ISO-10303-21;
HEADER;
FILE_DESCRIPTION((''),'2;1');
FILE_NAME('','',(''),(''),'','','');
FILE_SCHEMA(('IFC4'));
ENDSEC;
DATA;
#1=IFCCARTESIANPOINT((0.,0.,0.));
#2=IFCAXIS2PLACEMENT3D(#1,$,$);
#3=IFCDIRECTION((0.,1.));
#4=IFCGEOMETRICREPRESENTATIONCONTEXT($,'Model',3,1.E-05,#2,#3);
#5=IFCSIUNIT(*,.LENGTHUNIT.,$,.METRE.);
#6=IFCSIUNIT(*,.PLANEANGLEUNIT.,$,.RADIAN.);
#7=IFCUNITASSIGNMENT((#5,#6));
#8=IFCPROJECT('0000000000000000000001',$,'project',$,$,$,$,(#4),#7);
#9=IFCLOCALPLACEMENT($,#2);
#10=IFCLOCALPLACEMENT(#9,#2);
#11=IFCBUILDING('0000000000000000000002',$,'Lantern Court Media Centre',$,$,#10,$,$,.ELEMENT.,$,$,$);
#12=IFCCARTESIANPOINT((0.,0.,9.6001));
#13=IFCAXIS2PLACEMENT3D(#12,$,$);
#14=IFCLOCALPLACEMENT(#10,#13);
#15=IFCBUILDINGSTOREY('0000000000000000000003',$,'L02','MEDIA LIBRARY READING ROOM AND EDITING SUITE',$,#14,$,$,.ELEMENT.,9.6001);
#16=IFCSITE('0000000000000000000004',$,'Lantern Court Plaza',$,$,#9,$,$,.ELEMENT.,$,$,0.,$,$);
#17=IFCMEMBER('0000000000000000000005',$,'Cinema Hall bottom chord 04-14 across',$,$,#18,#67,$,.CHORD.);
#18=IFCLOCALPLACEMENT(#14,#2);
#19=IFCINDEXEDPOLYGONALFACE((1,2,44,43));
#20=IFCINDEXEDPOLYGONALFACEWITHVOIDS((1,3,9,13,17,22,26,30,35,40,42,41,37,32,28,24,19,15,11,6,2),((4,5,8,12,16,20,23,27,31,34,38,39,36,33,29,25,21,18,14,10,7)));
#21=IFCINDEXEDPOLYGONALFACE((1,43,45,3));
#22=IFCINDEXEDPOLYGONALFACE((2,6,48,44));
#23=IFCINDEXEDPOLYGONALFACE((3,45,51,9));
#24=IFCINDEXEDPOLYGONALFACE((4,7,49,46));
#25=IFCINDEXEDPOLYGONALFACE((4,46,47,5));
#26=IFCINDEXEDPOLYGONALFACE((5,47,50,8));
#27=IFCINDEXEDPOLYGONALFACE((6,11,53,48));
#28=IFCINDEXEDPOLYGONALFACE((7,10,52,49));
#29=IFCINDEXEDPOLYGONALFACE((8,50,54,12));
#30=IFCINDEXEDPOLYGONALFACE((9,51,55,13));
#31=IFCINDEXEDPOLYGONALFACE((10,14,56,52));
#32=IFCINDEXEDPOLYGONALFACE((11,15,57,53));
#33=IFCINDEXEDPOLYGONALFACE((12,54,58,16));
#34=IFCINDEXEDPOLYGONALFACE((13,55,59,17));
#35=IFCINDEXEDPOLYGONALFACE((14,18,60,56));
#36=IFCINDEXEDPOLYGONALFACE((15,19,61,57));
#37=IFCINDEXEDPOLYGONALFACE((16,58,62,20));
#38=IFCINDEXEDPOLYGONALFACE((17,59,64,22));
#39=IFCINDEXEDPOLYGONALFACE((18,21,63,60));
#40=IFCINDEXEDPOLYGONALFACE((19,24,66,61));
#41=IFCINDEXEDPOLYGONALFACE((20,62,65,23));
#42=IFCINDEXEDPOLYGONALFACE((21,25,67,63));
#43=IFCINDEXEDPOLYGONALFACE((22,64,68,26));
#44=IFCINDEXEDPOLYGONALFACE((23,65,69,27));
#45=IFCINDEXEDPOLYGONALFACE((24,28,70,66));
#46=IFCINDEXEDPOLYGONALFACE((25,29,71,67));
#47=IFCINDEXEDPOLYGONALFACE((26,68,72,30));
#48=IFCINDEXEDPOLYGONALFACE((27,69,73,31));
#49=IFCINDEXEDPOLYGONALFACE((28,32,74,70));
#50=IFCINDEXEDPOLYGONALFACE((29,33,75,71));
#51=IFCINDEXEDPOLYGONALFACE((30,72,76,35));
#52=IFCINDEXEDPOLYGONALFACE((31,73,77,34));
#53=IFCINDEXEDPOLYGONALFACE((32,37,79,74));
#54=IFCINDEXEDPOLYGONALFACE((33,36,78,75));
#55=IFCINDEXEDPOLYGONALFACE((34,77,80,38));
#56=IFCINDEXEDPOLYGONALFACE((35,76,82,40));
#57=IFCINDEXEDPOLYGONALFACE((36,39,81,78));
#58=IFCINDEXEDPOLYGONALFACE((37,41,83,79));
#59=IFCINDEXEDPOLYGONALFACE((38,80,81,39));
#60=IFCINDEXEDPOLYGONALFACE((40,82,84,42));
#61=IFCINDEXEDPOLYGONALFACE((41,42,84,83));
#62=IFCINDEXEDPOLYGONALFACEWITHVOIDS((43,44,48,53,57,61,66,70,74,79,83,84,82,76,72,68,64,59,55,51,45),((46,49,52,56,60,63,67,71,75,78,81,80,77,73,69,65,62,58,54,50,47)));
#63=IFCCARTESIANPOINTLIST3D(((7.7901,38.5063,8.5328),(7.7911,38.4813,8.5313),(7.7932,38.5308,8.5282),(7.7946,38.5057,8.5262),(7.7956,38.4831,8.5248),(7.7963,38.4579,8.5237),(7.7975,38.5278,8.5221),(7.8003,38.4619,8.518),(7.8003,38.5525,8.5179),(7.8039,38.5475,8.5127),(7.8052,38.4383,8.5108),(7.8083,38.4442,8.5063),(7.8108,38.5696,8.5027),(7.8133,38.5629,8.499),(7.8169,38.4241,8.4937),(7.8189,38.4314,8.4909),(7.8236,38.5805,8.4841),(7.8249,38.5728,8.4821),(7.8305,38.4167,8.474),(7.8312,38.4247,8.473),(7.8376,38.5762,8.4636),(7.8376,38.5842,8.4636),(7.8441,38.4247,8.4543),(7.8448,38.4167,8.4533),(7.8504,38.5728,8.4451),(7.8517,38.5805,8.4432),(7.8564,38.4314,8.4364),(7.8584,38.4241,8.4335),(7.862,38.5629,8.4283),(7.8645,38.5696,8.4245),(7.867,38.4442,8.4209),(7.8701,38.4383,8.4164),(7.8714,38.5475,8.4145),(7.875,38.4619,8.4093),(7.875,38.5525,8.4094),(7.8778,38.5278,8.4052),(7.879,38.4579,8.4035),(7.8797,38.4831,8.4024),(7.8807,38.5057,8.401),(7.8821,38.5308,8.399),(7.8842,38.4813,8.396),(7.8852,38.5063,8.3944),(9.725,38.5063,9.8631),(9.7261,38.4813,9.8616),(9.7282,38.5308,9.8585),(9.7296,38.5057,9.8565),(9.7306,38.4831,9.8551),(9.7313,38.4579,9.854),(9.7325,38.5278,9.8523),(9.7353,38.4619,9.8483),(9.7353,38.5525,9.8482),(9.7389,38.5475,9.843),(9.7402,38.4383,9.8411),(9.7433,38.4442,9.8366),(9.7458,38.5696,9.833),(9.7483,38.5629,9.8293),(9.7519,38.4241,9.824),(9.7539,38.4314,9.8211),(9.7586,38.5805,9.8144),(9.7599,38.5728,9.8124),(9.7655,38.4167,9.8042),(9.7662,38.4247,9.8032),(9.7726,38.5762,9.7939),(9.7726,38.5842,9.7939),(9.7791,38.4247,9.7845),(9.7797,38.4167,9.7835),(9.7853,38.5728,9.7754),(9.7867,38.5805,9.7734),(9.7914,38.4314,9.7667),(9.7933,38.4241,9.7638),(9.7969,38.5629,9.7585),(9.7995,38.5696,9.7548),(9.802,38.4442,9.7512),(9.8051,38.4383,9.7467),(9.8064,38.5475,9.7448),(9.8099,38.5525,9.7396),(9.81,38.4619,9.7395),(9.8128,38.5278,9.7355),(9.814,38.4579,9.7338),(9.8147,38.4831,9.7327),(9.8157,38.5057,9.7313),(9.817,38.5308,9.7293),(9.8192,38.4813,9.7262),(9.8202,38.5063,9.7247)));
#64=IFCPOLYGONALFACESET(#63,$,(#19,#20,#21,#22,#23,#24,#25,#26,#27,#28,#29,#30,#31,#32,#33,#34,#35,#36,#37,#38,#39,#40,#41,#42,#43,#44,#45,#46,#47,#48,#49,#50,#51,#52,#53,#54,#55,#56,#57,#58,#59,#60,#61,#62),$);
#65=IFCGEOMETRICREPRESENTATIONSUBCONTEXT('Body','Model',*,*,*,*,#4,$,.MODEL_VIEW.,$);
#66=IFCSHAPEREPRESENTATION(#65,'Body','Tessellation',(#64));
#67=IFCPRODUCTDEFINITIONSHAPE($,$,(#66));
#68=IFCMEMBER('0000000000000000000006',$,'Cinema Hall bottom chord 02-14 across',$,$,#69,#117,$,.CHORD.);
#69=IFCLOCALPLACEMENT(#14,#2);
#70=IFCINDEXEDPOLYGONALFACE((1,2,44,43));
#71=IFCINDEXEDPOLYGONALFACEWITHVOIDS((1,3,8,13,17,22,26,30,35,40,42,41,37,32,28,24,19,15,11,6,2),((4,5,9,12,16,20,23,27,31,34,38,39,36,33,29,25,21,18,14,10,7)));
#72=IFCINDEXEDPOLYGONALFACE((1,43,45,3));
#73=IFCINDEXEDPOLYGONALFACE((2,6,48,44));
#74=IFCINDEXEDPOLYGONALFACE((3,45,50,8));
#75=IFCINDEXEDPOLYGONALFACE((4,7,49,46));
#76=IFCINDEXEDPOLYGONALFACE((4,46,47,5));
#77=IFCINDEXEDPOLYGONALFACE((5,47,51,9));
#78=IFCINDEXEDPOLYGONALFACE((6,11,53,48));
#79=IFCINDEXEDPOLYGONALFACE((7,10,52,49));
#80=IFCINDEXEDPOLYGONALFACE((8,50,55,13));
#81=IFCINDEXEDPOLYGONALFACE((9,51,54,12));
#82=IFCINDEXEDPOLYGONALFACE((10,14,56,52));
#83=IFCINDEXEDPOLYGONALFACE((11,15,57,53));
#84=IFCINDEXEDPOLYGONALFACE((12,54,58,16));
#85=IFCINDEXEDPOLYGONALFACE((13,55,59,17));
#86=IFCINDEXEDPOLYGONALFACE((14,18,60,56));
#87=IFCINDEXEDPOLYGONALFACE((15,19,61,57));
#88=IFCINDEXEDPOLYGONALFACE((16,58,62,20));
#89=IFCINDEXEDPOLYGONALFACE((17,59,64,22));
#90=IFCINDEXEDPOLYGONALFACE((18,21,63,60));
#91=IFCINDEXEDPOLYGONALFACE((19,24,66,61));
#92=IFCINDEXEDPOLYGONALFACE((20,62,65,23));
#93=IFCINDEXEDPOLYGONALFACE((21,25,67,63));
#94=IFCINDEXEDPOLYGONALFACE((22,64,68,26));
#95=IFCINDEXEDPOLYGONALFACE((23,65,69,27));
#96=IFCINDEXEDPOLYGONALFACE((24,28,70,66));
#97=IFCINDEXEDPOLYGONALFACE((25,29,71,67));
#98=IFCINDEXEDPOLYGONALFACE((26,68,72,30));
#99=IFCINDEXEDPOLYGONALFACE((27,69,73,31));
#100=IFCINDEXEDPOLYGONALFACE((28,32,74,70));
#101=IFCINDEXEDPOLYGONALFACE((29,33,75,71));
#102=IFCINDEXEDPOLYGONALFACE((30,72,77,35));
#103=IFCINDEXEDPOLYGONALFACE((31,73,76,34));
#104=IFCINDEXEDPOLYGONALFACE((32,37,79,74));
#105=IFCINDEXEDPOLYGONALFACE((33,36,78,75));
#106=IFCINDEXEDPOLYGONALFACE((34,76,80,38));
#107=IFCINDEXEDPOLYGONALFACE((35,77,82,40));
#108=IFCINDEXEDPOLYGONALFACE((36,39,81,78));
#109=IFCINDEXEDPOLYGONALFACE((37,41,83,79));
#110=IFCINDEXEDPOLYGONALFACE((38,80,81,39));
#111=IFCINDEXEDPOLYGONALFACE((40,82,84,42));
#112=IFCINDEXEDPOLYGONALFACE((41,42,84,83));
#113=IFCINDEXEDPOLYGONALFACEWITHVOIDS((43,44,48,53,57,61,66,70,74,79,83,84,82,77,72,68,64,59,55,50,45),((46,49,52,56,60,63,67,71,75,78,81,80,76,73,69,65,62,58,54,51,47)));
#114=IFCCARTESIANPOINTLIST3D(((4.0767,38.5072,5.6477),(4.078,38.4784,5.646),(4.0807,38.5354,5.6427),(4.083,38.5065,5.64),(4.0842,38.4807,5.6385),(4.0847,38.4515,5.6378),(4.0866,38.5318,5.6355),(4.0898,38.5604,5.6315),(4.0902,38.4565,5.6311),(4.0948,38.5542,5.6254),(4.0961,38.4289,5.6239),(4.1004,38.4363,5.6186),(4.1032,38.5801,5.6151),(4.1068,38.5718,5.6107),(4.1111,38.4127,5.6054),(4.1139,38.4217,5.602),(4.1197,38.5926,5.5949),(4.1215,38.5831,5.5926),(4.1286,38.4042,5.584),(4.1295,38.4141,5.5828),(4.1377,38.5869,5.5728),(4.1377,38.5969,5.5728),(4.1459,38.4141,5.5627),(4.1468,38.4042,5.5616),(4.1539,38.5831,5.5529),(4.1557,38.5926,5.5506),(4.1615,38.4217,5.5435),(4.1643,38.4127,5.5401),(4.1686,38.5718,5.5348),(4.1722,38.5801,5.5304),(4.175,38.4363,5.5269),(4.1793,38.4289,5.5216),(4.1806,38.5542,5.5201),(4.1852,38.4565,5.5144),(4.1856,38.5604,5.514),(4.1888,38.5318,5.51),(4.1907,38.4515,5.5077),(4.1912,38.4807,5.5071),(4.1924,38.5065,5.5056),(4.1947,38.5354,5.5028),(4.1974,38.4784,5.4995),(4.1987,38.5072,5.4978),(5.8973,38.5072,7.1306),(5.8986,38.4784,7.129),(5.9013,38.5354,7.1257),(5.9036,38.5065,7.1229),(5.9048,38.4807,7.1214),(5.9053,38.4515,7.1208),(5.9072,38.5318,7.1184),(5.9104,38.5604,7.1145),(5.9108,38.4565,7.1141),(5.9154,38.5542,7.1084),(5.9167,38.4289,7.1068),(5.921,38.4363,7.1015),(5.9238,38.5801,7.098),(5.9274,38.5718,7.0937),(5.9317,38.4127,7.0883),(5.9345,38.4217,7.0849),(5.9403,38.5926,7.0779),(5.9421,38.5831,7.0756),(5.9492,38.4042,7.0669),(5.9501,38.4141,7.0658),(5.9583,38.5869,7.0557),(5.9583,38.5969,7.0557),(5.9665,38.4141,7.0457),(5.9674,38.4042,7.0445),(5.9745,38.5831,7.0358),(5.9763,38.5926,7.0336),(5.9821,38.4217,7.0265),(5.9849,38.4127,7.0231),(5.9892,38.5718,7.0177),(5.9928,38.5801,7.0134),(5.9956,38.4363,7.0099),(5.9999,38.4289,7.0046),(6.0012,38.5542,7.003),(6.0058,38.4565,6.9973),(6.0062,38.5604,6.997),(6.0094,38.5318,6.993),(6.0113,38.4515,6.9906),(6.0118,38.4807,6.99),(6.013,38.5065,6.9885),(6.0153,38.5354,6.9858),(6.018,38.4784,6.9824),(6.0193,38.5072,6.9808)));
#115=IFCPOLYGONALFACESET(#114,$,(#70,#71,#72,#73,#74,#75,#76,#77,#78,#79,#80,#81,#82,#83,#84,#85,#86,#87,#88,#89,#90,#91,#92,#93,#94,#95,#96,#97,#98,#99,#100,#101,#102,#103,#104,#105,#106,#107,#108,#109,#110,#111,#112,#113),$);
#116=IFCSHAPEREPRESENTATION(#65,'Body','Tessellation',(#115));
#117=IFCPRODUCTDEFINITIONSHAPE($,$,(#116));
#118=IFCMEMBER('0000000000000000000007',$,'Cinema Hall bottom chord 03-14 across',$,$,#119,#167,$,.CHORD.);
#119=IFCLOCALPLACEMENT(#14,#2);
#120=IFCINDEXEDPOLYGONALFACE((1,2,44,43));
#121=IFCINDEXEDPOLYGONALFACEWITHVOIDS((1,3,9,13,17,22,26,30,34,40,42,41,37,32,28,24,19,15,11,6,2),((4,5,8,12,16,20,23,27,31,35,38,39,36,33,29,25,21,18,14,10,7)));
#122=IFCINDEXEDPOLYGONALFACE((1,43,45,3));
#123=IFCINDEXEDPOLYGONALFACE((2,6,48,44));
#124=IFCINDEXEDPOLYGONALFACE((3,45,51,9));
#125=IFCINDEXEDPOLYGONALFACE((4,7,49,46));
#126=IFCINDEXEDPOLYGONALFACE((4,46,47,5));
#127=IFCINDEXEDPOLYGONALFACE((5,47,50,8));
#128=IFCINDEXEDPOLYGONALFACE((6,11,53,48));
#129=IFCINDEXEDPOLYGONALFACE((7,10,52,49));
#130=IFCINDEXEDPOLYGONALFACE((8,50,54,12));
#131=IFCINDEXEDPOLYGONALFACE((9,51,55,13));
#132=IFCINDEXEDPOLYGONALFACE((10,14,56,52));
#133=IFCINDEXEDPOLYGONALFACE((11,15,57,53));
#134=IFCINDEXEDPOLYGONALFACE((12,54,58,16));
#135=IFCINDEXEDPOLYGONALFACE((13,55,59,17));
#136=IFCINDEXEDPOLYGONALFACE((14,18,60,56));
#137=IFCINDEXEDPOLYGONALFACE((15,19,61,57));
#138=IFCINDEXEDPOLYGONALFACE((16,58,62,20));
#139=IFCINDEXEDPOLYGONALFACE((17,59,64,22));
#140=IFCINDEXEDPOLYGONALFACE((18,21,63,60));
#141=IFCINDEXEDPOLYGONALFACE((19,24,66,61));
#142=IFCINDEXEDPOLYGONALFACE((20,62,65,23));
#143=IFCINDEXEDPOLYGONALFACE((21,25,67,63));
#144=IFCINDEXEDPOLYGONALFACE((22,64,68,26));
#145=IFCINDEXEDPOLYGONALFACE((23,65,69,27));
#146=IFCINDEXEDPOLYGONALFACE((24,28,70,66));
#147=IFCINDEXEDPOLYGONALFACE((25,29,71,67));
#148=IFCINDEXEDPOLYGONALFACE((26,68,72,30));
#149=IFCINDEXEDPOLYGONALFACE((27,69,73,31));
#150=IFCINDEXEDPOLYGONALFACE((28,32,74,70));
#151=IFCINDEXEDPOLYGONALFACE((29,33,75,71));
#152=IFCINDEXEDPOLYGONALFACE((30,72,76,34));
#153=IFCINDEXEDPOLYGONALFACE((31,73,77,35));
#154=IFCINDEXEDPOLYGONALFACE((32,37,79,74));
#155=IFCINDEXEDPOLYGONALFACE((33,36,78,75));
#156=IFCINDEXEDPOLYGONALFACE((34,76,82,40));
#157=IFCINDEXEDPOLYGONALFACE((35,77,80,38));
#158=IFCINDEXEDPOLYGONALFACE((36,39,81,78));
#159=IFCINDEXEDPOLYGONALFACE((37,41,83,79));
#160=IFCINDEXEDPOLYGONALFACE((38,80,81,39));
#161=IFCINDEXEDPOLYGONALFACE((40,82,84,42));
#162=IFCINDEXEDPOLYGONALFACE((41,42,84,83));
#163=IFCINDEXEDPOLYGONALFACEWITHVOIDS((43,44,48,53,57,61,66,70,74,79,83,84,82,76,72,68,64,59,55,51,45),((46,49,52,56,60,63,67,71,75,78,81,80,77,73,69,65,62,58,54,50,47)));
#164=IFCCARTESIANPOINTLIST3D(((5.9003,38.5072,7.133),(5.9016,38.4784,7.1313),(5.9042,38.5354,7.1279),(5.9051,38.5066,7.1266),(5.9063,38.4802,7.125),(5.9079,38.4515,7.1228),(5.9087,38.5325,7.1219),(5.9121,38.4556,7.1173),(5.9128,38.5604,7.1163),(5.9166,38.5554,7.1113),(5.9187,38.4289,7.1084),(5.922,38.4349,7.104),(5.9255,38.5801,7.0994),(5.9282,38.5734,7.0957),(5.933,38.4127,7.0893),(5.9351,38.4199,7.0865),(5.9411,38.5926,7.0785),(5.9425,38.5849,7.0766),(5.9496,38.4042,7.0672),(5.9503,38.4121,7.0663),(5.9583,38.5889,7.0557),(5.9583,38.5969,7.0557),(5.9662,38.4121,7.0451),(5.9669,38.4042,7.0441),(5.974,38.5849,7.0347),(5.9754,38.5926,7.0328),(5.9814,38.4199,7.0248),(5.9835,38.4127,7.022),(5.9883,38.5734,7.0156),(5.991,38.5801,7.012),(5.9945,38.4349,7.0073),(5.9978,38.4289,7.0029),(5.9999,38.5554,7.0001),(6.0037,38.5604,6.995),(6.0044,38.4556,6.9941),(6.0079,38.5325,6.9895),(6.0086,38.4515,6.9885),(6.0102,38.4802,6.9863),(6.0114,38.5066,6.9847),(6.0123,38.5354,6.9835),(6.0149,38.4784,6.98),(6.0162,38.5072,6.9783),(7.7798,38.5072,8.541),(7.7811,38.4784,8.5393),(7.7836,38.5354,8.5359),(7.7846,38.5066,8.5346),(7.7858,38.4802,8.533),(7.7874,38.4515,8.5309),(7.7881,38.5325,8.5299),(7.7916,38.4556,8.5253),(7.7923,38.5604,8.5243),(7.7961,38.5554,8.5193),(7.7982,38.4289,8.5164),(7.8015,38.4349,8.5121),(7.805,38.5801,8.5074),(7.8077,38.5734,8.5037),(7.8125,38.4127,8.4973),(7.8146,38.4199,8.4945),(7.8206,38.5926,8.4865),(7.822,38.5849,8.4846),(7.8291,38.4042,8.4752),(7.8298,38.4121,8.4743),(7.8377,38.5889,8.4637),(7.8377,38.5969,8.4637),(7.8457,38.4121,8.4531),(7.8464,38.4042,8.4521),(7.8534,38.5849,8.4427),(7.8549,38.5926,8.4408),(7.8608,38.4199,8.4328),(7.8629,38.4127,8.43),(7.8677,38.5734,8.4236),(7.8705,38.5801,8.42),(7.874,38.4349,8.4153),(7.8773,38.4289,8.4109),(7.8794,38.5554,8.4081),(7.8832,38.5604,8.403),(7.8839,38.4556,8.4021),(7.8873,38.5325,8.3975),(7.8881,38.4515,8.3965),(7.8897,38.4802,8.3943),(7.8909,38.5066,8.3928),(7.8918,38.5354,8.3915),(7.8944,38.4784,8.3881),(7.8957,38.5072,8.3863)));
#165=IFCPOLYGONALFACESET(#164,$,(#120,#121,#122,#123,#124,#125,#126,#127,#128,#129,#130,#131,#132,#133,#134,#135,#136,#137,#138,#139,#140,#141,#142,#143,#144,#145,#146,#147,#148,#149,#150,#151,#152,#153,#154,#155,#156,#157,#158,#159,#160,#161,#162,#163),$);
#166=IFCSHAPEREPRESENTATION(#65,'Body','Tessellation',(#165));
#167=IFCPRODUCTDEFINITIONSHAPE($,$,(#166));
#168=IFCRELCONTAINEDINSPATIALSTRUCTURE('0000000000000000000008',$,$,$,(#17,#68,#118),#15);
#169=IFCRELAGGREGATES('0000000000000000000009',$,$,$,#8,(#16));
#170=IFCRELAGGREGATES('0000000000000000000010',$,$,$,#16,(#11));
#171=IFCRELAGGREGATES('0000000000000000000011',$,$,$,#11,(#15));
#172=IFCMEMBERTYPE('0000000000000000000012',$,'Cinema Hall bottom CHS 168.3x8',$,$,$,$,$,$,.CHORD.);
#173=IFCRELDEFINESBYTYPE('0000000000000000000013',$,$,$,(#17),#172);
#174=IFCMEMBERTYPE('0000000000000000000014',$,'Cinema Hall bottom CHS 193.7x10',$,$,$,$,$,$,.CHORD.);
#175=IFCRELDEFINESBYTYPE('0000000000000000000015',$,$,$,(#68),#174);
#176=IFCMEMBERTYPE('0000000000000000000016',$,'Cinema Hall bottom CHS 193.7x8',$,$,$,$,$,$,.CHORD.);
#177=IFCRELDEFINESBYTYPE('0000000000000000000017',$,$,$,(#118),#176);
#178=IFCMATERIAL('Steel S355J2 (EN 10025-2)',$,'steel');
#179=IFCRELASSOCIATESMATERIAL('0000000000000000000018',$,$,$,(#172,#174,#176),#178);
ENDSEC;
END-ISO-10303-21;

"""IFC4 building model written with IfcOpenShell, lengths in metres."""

from ifc_helpers import new_model, si_unit, direction, frame, origin, origin_2d, place, context, subcontext, project, spatial, hollow_circle, extrude, material, material_profile, profile_set, type_object, element, save


model = new_model("IFC4")

# Units and contexts
model_context = context("Model", 3, precision=1e-05, world=origin(), true_north=direction((0.0, 1.0)))
body_context = subcontext(model_context, "Body", "Model", "MODEL_VIEW")
ifc_project = project(units=[si_unit("LENGTHUNIT", "METRE"), si_unit("PLANEANGLEUNIT", "RADIAN")], contexts=[model_context])

# Site, building, storey
site_placement = place(None, origin())
site = spatial("IfcSite", under=ifc_project, at=site_placement, Name="Lantern Court Plaza", CompositionType="ELEMENT", RefElevation=0.0)
building_placement = place(site_placement, origin())
building = spatial("IfcBuilding", under=site, at=building_placement, Name="Lantern Court Media Centre", CompositionType="ELEMENT")
storey_placement = place(building_placement, frame((0.0, 0.0, 9.6001)))
storey = spatial("IfcBuildingStorey", under=building, at=storey_placement, Name="L02", Description="MEDIA LIBRARY READING ROOM AND EDITING SUITE", CompositionType="ELEMENT", Elevation=9.6001)

# Members
ifc_material = material(Name="Steel S355J2 (EN 10025-2)", Category="steel")
ifc_material_profile_1 = material_profile(ifc_material, hollow_circle(Radius=0.0842, WallThickness=0.0081, at=origin_2d()), Name="Cinema Hall bottom CHS 168.3x8")
ifc_profile_set_1 = profile_set([ifc_material_profile_1], Name="Steel S355J2 (EN 10025-2)")
member_type_1 = type_object("IfcMemberType", Name="Cinema Hall bottom CHS 168.3x8", PredefinedType="CHORD", material=ifc_profile_set_1)
member_1_placement = place(storey_placement, frame((7.8376, 38.5, 8.4636), z_axis=(0.824048, 0.0, 0.56652), x_axis=(0.0, 1.0, 0.0)))
element("IfcMember", 1, at=member_1_placement, inside=storey, type_object=member_type_1, Name="Cinema Hall bottom chord 04-14 across", PredefinedType="CHORD", context=body_context, shape_type="SweptSolid", body=[
    extrude(hollow_circle(Radius=0.0842, WallThickness=0.0081, at=origin_2d()), origin(), (0.0, 0.0, 1.0), 2.3481),
])
ifc_material_profile_2 = material_profile(ifc_material, hollow_circle(Radius=0.0969, WallThickness=0.01, at=origin_2d()), Name="Cinema Hall bottom CHS 193.7x10")
ifc_profile_set_2 = profile_set([ifc_material_profile_2], Name="Steel S355J2 (EN 10025-2)")
member_type_2 = type_object("IfcMemberType", Name="Cinema Hall bottom CHS 193.7x10", PredefinedType="CHORD", material=ifc_profile_set_2)
member_2_placement = place(storey_placement, frame((4.1377, 38.5, 5.5728), z_axis=(0.775341, 0.0, 0.631543), x_axis=(0.0, 1.0, 0.0)))
element("IfcMember", 2, at=member_2_placement, inside=storey, type_object=member_type_2, Name="Cinema Hall bottom chord 02-14 across", PredefinedType="CHORD", context=body_context, shape_type="SweptSolid", body=[
    extrude(hollow_circle(Radius=0.0969, WallThickness=0.01, at=origin_2d()), origin(), (0.0, 0.0, 1.0), 2.3481),
])
ifc_material_profile_3 = material_profile(ifc_material, hollow_circle(Radius=0.0969, WallThickness=0.0081, at=origin_2d()), Name="Cinema Hall bottom CHS 193.7x8")
ifc_profile_set_3 = profile_set([ifc_material_profile_3], Name="Steel S355J2 (EN 10025-2)")
member_type_3 = type_object("IfcMemberType", Name="Cinema Hall bottom CHS 193.7x8", PredefinedType="CHORD", material=ifc_profile_set_3)
member_3_placement = place(storey_placement, frame((5.9583, 38.5, 7.0557), z_axis=(0.800324, 0.0, 0.599567), x_axis=(0.0, 1.0, 0.0)))
element("IfcMember", 3, at=member_3_placement, inside=storey, type_object=member_type_3, Name="Cinema Hall bottom chord 03-14 across", PredefinedType="CHORD", context=body_context, shape_type="SweptSolid", body=[
    extrude(hollow_circle(Radius=0.0969, WallThickness=0.0081, at=origin_2d()), origin(), (0.0, 0.0, 1.0), 2.3484),
])

save(model, "model.ifc")
